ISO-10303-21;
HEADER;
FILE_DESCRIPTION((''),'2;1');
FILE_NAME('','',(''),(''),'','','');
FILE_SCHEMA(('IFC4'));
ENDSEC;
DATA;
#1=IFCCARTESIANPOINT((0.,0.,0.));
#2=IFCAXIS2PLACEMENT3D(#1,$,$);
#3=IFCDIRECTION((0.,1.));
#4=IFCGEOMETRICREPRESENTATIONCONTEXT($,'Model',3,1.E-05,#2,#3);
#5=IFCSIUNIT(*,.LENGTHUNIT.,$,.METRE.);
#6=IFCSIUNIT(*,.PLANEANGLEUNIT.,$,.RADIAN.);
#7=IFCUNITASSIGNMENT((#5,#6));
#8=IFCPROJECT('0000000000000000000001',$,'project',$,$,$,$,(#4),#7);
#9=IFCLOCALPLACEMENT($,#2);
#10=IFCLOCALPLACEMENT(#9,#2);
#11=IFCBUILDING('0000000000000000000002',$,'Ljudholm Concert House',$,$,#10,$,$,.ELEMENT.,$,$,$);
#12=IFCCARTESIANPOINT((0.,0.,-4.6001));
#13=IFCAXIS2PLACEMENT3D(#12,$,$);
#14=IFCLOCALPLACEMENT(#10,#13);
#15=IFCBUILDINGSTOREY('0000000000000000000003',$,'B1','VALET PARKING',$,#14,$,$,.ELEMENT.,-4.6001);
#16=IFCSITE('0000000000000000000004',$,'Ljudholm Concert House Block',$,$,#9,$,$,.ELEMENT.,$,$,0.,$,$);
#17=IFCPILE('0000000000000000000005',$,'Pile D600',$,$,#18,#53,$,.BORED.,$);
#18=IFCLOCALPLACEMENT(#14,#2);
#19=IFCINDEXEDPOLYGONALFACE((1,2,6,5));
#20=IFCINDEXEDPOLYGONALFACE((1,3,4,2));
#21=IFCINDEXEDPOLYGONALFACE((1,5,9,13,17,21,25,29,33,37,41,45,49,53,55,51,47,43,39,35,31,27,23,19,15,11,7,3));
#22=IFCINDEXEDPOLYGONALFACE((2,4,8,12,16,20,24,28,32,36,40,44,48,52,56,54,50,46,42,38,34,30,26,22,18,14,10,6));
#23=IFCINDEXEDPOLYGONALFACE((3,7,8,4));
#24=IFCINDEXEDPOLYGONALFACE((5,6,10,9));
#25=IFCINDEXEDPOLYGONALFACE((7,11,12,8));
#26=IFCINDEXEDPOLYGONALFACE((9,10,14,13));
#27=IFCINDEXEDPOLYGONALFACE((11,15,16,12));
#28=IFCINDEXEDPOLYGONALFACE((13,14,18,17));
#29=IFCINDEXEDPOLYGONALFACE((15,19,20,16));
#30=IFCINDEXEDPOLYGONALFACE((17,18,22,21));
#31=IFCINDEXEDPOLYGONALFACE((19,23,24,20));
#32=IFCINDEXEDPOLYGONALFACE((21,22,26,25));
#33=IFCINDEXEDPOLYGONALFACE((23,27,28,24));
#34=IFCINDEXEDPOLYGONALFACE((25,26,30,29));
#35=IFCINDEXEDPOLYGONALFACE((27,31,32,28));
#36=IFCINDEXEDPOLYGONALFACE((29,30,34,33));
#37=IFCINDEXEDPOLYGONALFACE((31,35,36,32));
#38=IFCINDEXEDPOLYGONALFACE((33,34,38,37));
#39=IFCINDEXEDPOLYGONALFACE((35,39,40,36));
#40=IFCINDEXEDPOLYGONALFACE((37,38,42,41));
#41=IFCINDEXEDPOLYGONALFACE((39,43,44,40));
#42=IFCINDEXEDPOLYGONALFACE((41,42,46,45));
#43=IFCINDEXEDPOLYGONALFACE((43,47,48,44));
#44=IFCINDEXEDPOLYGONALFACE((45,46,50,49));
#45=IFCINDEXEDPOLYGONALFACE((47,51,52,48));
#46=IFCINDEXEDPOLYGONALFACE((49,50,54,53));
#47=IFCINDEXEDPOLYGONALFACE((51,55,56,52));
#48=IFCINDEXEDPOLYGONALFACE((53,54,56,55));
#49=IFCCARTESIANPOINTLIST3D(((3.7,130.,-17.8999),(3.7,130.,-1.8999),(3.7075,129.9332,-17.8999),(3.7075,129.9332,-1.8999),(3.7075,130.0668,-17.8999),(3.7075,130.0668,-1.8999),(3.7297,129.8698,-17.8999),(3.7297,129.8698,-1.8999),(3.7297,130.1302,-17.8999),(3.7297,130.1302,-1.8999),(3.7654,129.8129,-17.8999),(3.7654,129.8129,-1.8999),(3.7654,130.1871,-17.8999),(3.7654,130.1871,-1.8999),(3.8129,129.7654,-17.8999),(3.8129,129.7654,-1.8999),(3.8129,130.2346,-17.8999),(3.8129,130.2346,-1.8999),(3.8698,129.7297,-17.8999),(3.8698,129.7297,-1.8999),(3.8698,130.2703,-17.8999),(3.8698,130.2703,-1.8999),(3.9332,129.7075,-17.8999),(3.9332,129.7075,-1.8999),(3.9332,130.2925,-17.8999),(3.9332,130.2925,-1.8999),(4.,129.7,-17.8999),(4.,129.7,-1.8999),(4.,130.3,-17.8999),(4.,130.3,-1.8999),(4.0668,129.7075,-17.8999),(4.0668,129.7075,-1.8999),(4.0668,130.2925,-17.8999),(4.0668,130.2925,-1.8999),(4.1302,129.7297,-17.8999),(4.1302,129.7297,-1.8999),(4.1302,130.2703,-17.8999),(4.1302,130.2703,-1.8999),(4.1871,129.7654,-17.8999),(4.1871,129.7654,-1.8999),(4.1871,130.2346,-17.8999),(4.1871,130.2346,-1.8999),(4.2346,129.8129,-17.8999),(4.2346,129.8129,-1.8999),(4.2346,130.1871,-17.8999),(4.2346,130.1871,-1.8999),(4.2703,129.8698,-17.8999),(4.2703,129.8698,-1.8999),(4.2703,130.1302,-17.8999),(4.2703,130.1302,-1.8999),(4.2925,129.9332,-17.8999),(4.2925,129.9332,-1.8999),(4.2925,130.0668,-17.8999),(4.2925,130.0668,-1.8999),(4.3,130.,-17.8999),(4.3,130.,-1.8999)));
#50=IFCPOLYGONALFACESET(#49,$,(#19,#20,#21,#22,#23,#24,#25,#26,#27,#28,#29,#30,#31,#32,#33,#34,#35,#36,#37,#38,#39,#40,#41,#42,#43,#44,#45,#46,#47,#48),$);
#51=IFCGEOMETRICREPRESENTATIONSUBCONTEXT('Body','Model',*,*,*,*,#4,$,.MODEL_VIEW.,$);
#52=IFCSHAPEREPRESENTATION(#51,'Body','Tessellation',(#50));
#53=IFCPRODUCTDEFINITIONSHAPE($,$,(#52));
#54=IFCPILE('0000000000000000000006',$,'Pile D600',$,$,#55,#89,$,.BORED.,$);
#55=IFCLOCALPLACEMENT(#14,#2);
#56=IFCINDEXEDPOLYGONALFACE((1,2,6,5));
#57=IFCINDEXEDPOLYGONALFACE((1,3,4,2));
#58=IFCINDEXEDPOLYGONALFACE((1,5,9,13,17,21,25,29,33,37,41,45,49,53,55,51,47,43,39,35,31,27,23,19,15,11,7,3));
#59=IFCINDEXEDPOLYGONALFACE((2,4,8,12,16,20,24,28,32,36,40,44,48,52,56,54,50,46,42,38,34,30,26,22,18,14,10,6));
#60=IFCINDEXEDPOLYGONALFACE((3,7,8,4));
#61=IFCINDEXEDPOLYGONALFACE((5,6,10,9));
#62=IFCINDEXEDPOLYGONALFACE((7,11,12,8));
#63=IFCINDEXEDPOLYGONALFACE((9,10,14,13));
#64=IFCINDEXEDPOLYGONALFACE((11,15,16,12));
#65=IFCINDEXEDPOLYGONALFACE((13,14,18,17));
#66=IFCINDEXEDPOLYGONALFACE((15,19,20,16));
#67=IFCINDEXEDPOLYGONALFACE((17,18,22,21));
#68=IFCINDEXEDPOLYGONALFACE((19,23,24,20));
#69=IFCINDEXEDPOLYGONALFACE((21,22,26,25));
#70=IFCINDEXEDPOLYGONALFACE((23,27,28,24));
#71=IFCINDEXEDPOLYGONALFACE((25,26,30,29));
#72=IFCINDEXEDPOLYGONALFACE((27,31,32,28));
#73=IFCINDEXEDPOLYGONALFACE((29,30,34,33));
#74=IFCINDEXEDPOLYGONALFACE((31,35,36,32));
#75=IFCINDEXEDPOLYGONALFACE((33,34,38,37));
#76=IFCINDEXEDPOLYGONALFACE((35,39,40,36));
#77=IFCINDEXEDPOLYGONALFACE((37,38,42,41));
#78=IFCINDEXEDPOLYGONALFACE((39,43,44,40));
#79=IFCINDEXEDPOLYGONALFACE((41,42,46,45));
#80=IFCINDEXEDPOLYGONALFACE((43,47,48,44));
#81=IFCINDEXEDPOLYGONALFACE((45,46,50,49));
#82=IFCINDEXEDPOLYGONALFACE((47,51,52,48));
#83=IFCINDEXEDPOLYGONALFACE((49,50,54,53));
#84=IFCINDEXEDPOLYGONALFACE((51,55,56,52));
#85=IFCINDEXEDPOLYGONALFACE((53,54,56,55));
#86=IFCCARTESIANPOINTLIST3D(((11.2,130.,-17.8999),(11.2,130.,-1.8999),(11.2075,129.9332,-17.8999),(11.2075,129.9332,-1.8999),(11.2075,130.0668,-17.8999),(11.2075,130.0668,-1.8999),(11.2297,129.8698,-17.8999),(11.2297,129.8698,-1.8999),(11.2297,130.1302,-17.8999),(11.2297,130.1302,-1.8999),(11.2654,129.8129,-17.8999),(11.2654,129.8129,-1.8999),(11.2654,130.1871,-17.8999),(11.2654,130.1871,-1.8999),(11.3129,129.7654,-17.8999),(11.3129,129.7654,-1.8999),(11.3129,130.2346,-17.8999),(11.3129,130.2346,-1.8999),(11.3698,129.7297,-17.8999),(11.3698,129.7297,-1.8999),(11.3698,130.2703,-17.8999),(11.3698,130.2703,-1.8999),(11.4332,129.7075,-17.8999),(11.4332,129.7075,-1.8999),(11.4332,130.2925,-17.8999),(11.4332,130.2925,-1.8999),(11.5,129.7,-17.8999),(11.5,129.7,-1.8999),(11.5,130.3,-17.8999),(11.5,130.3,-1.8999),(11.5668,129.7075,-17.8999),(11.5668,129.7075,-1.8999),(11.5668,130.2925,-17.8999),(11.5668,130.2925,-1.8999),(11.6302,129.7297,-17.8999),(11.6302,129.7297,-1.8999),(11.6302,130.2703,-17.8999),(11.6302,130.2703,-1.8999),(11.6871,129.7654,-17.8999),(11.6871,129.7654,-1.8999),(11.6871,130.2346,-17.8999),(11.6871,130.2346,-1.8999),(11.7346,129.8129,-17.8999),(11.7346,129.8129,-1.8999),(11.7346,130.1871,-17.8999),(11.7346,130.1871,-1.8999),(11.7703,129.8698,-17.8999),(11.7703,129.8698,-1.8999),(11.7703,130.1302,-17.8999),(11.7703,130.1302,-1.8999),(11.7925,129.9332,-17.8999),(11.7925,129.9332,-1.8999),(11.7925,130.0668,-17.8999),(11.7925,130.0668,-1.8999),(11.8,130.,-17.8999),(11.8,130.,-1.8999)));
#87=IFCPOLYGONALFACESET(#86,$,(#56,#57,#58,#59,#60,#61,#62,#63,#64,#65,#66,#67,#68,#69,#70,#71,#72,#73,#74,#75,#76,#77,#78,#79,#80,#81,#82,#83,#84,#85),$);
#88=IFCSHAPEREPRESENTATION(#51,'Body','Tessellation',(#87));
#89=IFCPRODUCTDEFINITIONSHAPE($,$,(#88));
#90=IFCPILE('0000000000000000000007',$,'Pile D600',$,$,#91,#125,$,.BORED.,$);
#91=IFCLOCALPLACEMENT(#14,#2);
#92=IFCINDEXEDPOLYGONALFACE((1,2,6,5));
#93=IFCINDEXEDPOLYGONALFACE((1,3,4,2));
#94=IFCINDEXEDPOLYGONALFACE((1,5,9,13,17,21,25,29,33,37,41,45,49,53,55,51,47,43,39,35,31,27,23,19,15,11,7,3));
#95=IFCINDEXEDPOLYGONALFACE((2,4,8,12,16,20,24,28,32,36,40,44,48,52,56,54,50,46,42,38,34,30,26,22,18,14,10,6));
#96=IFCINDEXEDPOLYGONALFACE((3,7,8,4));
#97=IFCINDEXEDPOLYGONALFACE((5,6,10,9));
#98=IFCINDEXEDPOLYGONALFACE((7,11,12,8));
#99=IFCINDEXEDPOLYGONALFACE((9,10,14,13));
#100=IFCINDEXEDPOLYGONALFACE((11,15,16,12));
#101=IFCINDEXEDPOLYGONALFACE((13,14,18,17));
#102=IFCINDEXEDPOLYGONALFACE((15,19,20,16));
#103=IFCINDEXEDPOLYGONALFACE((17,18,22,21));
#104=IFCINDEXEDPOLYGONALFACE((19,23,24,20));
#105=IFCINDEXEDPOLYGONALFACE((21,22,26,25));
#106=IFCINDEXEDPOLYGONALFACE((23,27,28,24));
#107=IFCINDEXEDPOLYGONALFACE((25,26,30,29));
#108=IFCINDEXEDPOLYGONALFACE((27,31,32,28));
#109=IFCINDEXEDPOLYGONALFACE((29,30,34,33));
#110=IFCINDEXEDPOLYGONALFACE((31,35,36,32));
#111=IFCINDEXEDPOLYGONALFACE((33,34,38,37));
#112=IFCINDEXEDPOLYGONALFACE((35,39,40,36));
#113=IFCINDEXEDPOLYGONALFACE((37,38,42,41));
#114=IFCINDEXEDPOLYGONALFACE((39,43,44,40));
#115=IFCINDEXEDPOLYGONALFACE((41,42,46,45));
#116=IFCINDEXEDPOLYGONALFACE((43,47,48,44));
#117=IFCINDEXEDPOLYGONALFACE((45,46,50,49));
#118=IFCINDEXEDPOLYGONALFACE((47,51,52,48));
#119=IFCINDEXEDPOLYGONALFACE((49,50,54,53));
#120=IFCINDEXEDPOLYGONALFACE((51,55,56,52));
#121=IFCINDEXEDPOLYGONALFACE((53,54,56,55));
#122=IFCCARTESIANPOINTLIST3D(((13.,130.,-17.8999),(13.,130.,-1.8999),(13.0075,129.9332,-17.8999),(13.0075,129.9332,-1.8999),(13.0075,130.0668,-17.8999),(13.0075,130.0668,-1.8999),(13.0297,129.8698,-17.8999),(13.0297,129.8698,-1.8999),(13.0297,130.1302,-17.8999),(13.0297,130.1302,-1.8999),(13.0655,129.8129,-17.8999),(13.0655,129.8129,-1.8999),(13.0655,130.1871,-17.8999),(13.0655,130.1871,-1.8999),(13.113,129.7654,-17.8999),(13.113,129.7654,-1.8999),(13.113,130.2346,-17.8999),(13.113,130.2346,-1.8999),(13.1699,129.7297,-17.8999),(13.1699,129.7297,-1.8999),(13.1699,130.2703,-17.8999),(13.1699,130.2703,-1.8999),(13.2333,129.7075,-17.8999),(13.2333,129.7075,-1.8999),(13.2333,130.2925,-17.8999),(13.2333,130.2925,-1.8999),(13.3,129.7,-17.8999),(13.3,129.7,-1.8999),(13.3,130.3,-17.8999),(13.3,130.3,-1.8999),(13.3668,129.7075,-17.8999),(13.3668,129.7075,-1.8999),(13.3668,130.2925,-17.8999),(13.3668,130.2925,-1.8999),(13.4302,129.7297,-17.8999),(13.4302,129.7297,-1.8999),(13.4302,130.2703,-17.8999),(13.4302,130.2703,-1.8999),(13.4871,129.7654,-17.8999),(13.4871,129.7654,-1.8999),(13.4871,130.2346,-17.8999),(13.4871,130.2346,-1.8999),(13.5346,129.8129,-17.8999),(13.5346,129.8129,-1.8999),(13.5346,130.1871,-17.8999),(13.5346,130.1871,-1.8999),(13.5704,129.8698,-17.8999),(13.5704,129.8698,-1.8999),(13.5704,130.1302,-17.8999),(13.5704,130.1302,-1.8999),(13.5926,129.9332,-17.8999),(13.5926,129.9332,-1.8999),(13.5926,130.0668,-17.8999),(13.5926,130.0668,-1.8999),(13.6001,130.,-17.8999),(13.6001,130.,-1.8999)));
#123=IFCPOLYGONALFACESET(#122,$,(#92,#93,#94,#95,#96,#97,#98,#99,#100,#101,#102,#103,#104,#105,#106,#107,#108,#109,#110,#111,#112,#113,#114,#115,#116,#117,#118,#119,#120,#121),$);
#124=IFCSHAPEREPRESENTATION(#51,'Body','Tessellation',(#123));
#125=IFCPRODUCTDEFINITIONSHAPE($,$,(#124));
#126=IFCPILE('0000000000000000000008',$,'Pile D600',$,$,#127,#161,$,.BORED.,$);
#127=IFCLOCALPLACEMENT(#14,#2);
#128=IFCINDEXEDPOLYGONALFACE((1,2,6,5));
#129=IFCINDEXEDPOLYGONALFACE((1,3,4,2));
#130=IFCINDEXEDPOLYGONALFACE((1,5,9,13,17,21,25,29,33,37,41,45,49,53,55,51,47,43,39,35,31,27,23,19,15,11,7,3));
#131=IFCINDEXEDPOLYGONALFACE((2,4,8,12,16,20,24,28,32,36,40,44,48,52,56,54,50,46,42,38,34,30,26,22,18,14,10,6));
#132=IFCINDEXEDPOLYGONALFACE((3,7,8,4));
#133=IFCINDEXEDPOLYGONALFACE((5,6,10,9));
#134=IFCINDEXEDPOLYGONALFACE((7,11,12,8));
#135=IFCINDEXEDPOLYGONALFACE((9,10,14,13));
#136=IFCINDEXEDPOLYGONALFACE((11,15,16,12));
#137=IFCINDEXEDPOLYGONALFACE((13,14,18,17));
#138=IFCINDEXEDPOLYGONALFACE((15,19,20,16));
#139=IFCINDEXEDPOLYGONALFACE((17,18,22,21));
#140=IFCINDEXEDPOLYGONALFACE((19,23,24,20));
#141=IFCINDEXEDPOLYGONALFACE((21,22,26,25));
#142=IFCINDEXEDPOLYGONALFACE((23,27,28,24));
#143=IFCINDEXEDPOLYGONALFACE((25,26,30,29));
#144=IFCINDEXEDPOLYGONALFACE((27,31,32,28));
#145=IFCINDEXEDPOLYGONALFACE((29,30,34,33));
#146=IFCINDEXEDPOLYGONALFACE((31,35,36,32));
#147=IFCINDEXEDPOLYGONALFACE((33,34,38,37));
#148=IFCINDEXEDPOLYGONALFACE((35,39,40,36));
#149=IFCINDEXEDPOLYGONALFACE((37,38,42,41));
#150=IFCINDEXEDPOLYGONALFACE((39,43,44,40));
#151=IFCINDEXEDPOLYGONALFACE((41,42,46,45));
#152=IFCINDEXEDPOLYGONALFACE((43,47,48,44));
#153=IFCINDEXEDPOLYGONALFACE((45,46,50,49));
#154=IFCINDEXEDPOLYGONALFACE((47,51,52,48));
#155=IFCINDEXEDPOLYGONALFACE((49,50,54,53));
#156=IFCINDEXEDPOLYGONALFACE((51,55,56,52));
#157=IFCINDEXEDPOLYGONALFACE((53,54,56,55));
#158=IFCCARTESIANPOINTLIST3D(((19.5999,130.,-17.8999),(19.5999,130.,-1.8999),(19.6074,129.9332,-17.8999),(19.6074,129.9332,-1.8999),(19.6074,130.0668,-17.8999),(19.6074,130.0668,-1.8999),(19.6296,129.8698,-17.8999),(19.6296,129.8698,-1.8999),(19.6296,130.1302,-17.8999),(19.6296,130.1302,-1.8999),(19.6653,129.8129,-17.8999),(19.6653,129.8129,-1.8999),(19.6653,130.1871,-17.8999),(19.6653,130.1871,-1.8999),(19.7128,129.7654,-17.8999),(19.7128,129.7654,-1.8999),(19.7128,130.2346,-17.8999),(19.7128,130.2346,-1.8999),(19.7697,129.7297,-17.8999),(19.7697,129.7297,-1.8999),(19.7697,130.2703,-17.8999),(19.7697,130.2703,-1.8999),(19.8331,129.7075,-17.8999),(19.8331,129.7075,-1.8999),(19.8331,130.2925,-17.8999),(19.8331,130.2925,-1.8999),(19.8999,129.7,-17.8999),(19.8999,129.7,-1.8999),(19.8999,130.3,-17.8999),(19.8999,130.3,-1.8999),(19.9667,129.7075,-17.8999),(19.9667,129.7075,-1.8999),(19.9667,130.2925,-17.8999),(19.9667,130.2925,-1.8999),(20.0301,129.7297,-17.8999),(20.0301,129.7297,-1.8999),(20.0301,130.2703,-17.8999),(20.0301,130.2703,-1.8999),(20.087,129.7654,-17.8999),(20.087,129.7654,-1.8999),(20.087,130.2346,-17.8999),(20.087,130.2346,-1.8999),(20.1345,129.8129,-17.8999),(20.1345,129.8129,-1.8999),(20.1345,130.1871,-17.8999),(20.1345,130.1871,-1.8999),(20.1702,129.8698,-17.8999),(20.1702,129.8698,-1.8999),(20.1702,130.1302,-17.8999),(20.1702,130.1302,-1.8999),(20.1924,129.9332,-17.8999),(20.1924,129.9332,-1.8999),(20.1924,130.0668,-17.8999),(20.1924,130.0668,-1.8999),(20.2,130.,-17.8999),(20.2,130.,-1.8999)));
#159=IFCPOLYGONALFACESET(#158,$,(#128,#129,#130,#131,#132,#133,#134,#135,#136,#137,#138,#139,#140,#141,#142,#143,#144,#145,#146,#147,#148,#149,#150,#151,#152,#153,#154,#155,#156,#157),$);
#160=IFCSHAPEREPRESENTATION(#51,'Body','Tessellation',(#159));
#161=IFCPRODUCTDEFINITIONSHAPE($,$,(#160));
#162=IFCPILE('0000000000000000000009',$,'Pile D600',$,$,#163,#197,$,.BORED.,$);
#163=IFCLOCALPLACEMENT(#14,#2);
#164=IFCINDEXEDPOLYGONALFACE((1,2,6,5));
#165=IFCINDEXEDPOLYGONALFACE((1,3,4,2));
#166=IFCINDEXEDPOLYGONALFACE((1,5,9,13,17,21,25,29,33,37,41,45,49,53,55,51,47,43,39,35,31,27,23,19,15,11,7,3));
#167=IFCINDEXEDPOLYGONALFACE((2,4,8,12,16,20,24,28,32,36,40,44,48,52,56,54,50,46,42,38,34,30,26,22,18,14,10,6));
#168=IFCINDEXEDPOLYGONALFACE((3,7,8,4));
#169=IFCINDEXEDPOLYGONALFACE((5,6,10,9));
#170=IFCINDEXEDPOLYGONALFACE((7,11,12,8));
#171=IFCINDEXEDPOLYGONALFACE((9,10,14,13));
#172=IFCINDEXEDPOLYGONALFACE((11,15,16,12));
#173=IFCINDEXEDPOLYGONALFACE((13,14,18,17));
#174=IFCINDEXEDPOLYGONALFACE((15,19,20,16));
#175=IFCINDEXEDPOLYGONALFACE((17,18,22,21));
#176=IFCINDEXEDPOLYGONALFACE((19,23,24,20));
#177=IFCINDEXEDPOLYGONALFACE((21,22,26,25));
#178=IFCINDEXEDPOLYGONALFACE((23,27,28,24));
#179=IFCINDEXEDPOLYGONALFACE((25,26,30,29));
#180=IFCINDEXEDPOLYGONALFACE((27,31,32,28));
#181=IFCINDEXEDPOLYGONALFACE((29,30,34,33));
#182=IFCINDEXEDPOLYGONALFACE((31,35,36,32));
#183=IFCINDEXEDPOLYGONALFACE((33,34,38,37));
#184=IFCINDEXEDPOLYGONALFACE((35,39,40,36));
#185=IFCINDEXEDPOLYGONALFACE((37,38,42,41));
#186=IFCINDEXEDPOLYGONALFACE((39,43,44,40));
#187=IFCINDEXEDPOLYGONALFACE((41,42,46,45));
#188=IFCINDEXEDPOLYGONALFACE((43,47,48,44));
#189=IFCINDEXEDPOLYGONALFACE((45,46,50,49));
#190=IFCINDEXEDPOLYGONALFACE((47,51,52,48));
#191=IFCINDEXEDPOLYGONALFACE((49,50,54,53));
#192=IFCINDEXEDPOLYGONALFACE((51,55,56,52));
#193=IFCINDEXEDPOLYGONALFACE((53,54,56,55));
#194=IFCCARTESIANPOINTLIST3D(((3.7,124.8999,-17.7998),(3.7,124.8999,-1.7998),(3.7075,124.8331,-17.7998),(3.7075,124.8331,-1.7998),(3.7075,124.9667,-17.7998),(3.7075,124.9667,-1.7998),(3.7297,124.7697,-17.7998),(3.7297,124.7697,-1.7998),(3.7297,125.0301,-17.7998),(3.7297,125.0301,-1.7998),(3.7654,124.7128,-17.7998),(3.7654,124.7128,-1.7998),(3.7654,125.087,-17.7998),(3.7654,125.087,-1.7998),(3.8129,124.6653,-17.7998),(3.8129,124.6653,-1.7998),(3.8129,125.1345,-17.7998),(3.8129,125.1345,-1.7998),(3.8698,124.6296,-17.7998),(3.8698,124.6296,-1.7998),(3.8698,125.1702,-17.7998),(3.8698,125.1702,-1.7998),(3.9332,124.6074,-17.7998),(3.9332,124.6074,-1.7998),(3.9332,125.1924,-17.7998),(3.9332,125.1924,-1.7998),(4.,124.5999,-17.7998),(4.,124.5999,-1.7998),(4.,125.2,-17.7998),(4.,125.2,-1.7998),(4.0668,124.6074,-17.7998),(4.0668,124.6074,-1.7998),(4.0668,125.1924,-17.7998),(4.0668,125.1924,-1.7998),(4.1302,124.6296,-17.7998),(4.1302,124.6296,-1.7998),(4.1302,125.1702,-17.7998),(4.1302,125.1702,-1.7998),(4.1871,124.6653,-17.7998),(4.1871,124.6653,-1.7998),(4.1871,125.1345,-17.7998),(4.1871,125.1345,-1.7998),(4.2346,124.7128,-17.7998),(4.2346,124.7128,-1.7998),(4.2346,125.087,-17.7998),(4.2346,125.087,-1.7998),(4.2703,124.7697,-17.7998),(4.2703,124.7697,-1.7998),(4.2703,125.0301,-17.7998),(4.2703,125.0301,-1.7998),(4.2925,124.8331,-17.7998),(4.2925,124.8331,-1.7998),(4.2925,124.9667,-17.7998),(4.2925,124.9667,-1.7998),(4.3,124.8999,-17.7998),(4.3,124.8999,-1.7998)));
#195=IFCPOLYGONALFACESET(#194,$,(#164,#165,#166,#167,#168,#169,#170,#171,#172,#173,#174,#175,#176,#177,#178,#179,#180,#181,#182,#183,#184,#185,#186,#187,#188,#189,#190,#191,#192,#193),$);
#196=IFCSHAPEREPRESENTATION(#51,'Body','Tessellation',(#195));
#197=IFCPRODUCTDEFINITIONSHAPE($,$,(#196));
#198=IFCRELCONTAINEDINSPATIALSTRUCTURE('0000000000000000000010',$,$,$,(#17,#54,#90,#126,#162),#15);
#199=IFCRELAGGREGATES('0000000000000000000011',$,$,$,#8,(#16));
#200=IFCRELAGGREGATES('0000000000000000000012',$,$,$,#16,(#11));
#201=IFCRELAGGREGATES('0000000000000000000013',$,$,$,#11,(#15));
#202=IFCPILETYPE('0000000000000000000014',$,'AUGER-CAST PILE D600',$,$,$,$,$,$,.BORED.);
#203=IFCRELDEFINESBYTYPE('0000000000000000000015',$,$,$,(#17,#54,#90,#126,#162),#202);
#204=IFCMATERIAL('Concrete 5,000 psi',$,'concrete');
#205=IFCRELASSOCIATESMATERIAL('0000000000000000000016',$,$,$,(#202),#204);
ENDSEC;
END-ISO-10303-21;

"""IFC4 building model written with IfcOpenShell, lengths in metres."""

from ifc_helpers import new_model, si_unit, direction, frame, origin, origin_2d, place, context, subcontext, project, spatial, circle, extrude, material, material_profile, profile_set, type_object, element, save


model = new_model("IFC4")

# Units and contexts
model_context = context("Model", 3, precision=1e-05, world=origin(), true_north=direction((0.0, 1.0)))
body_context = subcontext(model_context, "Body", "Model", "MODEL_VIEW")
ifc_project = project(units=[si_unit("LENGTHUNIT", "METRE"), si_unit("PLANEANGLEUNIT", "RADIAN")], contexts=[model_context])

# Site, building, storey
site_placement = place(None, origin())
site = spatial("IfcSite", under=ifc_project, at=site_placement, Name="Ljudholm Concert House Block", CompositionType="ELEMENT", RefElevation=0.0)
building_placement = place(site_placement, origin())
building = spatial("IfcBuilding", under=site, at=building_placement, Name="Ljudholm Concert House", CompositionType="ELEMENT")
storey_placement = place(building_placement, frame((0.0, 0.0, -4.6001)))
storey = spatial("IfcBuildingStorey", under=building, at=storey_placement, Name="B1", Description="VALET PARKING", CompositionType="ELEMENT", Elevation=-4.6001)

# Piles
ifc_material_1 = material(Name="Concrete 5,000 psi", Category="concrete")
ifc_material_profile_1 = material_profile(ifc_material_1, circle(Radius=0.3, at=origin_2d()), Name="AUGER-CAST PILE D600")
ifc_profile_set_1 = profile_set([ifc_material_profile_1], Name="Concrete 5,000 psi")
pile_type = type_object("IfcPileType", Name="AUGER-CAST PILE D600", PredefinedType="BORED", material=ifc_profile_set_1)
for number, where, z_axis, x_axis, name in (
    (1, (4.0, 130.0, -1.8999), (0.0, 0.0, -1.0), (1.0, 0.0, 0.0), "Pile D600"),
    (2, (11.5, 130.0, -1.8999), (0.0, 0.0, -1.0), (1.0, 0.0, 0.0), "Pile D600"),
    (3, (13.3, 130.0, -1.8999), (0.0, 0.0, -1.0), (1.0, 0.0, 0.0), "Pile D600"),
    (4, (19.8999, 130.0, -1.8999), (0.0, 0.0, -1.0), (1.0, 0.0, 0.0), "Pile D600"),
    (5, (4.0, 124.8999, -1.7998), (0.0, 0.0, -1.0), (1.0, 0.0, 0.0), "Pile D600"),
):
    element("IfcPile", number, at=place(storey_placement, frame(where, z_axis=z_axis, x_axis=x_axis)), inside=storey, type_object=pile_type, Name=name, PredefinedType="BORED", context=body_context, shape_type="SweptSolid", body=[
        extrude(circle(Radius=0.3, at=origin_2d()), origin(), (0.0, 0.0, 1.0), 16.0),
    ])

save(model, "model.ifc")
